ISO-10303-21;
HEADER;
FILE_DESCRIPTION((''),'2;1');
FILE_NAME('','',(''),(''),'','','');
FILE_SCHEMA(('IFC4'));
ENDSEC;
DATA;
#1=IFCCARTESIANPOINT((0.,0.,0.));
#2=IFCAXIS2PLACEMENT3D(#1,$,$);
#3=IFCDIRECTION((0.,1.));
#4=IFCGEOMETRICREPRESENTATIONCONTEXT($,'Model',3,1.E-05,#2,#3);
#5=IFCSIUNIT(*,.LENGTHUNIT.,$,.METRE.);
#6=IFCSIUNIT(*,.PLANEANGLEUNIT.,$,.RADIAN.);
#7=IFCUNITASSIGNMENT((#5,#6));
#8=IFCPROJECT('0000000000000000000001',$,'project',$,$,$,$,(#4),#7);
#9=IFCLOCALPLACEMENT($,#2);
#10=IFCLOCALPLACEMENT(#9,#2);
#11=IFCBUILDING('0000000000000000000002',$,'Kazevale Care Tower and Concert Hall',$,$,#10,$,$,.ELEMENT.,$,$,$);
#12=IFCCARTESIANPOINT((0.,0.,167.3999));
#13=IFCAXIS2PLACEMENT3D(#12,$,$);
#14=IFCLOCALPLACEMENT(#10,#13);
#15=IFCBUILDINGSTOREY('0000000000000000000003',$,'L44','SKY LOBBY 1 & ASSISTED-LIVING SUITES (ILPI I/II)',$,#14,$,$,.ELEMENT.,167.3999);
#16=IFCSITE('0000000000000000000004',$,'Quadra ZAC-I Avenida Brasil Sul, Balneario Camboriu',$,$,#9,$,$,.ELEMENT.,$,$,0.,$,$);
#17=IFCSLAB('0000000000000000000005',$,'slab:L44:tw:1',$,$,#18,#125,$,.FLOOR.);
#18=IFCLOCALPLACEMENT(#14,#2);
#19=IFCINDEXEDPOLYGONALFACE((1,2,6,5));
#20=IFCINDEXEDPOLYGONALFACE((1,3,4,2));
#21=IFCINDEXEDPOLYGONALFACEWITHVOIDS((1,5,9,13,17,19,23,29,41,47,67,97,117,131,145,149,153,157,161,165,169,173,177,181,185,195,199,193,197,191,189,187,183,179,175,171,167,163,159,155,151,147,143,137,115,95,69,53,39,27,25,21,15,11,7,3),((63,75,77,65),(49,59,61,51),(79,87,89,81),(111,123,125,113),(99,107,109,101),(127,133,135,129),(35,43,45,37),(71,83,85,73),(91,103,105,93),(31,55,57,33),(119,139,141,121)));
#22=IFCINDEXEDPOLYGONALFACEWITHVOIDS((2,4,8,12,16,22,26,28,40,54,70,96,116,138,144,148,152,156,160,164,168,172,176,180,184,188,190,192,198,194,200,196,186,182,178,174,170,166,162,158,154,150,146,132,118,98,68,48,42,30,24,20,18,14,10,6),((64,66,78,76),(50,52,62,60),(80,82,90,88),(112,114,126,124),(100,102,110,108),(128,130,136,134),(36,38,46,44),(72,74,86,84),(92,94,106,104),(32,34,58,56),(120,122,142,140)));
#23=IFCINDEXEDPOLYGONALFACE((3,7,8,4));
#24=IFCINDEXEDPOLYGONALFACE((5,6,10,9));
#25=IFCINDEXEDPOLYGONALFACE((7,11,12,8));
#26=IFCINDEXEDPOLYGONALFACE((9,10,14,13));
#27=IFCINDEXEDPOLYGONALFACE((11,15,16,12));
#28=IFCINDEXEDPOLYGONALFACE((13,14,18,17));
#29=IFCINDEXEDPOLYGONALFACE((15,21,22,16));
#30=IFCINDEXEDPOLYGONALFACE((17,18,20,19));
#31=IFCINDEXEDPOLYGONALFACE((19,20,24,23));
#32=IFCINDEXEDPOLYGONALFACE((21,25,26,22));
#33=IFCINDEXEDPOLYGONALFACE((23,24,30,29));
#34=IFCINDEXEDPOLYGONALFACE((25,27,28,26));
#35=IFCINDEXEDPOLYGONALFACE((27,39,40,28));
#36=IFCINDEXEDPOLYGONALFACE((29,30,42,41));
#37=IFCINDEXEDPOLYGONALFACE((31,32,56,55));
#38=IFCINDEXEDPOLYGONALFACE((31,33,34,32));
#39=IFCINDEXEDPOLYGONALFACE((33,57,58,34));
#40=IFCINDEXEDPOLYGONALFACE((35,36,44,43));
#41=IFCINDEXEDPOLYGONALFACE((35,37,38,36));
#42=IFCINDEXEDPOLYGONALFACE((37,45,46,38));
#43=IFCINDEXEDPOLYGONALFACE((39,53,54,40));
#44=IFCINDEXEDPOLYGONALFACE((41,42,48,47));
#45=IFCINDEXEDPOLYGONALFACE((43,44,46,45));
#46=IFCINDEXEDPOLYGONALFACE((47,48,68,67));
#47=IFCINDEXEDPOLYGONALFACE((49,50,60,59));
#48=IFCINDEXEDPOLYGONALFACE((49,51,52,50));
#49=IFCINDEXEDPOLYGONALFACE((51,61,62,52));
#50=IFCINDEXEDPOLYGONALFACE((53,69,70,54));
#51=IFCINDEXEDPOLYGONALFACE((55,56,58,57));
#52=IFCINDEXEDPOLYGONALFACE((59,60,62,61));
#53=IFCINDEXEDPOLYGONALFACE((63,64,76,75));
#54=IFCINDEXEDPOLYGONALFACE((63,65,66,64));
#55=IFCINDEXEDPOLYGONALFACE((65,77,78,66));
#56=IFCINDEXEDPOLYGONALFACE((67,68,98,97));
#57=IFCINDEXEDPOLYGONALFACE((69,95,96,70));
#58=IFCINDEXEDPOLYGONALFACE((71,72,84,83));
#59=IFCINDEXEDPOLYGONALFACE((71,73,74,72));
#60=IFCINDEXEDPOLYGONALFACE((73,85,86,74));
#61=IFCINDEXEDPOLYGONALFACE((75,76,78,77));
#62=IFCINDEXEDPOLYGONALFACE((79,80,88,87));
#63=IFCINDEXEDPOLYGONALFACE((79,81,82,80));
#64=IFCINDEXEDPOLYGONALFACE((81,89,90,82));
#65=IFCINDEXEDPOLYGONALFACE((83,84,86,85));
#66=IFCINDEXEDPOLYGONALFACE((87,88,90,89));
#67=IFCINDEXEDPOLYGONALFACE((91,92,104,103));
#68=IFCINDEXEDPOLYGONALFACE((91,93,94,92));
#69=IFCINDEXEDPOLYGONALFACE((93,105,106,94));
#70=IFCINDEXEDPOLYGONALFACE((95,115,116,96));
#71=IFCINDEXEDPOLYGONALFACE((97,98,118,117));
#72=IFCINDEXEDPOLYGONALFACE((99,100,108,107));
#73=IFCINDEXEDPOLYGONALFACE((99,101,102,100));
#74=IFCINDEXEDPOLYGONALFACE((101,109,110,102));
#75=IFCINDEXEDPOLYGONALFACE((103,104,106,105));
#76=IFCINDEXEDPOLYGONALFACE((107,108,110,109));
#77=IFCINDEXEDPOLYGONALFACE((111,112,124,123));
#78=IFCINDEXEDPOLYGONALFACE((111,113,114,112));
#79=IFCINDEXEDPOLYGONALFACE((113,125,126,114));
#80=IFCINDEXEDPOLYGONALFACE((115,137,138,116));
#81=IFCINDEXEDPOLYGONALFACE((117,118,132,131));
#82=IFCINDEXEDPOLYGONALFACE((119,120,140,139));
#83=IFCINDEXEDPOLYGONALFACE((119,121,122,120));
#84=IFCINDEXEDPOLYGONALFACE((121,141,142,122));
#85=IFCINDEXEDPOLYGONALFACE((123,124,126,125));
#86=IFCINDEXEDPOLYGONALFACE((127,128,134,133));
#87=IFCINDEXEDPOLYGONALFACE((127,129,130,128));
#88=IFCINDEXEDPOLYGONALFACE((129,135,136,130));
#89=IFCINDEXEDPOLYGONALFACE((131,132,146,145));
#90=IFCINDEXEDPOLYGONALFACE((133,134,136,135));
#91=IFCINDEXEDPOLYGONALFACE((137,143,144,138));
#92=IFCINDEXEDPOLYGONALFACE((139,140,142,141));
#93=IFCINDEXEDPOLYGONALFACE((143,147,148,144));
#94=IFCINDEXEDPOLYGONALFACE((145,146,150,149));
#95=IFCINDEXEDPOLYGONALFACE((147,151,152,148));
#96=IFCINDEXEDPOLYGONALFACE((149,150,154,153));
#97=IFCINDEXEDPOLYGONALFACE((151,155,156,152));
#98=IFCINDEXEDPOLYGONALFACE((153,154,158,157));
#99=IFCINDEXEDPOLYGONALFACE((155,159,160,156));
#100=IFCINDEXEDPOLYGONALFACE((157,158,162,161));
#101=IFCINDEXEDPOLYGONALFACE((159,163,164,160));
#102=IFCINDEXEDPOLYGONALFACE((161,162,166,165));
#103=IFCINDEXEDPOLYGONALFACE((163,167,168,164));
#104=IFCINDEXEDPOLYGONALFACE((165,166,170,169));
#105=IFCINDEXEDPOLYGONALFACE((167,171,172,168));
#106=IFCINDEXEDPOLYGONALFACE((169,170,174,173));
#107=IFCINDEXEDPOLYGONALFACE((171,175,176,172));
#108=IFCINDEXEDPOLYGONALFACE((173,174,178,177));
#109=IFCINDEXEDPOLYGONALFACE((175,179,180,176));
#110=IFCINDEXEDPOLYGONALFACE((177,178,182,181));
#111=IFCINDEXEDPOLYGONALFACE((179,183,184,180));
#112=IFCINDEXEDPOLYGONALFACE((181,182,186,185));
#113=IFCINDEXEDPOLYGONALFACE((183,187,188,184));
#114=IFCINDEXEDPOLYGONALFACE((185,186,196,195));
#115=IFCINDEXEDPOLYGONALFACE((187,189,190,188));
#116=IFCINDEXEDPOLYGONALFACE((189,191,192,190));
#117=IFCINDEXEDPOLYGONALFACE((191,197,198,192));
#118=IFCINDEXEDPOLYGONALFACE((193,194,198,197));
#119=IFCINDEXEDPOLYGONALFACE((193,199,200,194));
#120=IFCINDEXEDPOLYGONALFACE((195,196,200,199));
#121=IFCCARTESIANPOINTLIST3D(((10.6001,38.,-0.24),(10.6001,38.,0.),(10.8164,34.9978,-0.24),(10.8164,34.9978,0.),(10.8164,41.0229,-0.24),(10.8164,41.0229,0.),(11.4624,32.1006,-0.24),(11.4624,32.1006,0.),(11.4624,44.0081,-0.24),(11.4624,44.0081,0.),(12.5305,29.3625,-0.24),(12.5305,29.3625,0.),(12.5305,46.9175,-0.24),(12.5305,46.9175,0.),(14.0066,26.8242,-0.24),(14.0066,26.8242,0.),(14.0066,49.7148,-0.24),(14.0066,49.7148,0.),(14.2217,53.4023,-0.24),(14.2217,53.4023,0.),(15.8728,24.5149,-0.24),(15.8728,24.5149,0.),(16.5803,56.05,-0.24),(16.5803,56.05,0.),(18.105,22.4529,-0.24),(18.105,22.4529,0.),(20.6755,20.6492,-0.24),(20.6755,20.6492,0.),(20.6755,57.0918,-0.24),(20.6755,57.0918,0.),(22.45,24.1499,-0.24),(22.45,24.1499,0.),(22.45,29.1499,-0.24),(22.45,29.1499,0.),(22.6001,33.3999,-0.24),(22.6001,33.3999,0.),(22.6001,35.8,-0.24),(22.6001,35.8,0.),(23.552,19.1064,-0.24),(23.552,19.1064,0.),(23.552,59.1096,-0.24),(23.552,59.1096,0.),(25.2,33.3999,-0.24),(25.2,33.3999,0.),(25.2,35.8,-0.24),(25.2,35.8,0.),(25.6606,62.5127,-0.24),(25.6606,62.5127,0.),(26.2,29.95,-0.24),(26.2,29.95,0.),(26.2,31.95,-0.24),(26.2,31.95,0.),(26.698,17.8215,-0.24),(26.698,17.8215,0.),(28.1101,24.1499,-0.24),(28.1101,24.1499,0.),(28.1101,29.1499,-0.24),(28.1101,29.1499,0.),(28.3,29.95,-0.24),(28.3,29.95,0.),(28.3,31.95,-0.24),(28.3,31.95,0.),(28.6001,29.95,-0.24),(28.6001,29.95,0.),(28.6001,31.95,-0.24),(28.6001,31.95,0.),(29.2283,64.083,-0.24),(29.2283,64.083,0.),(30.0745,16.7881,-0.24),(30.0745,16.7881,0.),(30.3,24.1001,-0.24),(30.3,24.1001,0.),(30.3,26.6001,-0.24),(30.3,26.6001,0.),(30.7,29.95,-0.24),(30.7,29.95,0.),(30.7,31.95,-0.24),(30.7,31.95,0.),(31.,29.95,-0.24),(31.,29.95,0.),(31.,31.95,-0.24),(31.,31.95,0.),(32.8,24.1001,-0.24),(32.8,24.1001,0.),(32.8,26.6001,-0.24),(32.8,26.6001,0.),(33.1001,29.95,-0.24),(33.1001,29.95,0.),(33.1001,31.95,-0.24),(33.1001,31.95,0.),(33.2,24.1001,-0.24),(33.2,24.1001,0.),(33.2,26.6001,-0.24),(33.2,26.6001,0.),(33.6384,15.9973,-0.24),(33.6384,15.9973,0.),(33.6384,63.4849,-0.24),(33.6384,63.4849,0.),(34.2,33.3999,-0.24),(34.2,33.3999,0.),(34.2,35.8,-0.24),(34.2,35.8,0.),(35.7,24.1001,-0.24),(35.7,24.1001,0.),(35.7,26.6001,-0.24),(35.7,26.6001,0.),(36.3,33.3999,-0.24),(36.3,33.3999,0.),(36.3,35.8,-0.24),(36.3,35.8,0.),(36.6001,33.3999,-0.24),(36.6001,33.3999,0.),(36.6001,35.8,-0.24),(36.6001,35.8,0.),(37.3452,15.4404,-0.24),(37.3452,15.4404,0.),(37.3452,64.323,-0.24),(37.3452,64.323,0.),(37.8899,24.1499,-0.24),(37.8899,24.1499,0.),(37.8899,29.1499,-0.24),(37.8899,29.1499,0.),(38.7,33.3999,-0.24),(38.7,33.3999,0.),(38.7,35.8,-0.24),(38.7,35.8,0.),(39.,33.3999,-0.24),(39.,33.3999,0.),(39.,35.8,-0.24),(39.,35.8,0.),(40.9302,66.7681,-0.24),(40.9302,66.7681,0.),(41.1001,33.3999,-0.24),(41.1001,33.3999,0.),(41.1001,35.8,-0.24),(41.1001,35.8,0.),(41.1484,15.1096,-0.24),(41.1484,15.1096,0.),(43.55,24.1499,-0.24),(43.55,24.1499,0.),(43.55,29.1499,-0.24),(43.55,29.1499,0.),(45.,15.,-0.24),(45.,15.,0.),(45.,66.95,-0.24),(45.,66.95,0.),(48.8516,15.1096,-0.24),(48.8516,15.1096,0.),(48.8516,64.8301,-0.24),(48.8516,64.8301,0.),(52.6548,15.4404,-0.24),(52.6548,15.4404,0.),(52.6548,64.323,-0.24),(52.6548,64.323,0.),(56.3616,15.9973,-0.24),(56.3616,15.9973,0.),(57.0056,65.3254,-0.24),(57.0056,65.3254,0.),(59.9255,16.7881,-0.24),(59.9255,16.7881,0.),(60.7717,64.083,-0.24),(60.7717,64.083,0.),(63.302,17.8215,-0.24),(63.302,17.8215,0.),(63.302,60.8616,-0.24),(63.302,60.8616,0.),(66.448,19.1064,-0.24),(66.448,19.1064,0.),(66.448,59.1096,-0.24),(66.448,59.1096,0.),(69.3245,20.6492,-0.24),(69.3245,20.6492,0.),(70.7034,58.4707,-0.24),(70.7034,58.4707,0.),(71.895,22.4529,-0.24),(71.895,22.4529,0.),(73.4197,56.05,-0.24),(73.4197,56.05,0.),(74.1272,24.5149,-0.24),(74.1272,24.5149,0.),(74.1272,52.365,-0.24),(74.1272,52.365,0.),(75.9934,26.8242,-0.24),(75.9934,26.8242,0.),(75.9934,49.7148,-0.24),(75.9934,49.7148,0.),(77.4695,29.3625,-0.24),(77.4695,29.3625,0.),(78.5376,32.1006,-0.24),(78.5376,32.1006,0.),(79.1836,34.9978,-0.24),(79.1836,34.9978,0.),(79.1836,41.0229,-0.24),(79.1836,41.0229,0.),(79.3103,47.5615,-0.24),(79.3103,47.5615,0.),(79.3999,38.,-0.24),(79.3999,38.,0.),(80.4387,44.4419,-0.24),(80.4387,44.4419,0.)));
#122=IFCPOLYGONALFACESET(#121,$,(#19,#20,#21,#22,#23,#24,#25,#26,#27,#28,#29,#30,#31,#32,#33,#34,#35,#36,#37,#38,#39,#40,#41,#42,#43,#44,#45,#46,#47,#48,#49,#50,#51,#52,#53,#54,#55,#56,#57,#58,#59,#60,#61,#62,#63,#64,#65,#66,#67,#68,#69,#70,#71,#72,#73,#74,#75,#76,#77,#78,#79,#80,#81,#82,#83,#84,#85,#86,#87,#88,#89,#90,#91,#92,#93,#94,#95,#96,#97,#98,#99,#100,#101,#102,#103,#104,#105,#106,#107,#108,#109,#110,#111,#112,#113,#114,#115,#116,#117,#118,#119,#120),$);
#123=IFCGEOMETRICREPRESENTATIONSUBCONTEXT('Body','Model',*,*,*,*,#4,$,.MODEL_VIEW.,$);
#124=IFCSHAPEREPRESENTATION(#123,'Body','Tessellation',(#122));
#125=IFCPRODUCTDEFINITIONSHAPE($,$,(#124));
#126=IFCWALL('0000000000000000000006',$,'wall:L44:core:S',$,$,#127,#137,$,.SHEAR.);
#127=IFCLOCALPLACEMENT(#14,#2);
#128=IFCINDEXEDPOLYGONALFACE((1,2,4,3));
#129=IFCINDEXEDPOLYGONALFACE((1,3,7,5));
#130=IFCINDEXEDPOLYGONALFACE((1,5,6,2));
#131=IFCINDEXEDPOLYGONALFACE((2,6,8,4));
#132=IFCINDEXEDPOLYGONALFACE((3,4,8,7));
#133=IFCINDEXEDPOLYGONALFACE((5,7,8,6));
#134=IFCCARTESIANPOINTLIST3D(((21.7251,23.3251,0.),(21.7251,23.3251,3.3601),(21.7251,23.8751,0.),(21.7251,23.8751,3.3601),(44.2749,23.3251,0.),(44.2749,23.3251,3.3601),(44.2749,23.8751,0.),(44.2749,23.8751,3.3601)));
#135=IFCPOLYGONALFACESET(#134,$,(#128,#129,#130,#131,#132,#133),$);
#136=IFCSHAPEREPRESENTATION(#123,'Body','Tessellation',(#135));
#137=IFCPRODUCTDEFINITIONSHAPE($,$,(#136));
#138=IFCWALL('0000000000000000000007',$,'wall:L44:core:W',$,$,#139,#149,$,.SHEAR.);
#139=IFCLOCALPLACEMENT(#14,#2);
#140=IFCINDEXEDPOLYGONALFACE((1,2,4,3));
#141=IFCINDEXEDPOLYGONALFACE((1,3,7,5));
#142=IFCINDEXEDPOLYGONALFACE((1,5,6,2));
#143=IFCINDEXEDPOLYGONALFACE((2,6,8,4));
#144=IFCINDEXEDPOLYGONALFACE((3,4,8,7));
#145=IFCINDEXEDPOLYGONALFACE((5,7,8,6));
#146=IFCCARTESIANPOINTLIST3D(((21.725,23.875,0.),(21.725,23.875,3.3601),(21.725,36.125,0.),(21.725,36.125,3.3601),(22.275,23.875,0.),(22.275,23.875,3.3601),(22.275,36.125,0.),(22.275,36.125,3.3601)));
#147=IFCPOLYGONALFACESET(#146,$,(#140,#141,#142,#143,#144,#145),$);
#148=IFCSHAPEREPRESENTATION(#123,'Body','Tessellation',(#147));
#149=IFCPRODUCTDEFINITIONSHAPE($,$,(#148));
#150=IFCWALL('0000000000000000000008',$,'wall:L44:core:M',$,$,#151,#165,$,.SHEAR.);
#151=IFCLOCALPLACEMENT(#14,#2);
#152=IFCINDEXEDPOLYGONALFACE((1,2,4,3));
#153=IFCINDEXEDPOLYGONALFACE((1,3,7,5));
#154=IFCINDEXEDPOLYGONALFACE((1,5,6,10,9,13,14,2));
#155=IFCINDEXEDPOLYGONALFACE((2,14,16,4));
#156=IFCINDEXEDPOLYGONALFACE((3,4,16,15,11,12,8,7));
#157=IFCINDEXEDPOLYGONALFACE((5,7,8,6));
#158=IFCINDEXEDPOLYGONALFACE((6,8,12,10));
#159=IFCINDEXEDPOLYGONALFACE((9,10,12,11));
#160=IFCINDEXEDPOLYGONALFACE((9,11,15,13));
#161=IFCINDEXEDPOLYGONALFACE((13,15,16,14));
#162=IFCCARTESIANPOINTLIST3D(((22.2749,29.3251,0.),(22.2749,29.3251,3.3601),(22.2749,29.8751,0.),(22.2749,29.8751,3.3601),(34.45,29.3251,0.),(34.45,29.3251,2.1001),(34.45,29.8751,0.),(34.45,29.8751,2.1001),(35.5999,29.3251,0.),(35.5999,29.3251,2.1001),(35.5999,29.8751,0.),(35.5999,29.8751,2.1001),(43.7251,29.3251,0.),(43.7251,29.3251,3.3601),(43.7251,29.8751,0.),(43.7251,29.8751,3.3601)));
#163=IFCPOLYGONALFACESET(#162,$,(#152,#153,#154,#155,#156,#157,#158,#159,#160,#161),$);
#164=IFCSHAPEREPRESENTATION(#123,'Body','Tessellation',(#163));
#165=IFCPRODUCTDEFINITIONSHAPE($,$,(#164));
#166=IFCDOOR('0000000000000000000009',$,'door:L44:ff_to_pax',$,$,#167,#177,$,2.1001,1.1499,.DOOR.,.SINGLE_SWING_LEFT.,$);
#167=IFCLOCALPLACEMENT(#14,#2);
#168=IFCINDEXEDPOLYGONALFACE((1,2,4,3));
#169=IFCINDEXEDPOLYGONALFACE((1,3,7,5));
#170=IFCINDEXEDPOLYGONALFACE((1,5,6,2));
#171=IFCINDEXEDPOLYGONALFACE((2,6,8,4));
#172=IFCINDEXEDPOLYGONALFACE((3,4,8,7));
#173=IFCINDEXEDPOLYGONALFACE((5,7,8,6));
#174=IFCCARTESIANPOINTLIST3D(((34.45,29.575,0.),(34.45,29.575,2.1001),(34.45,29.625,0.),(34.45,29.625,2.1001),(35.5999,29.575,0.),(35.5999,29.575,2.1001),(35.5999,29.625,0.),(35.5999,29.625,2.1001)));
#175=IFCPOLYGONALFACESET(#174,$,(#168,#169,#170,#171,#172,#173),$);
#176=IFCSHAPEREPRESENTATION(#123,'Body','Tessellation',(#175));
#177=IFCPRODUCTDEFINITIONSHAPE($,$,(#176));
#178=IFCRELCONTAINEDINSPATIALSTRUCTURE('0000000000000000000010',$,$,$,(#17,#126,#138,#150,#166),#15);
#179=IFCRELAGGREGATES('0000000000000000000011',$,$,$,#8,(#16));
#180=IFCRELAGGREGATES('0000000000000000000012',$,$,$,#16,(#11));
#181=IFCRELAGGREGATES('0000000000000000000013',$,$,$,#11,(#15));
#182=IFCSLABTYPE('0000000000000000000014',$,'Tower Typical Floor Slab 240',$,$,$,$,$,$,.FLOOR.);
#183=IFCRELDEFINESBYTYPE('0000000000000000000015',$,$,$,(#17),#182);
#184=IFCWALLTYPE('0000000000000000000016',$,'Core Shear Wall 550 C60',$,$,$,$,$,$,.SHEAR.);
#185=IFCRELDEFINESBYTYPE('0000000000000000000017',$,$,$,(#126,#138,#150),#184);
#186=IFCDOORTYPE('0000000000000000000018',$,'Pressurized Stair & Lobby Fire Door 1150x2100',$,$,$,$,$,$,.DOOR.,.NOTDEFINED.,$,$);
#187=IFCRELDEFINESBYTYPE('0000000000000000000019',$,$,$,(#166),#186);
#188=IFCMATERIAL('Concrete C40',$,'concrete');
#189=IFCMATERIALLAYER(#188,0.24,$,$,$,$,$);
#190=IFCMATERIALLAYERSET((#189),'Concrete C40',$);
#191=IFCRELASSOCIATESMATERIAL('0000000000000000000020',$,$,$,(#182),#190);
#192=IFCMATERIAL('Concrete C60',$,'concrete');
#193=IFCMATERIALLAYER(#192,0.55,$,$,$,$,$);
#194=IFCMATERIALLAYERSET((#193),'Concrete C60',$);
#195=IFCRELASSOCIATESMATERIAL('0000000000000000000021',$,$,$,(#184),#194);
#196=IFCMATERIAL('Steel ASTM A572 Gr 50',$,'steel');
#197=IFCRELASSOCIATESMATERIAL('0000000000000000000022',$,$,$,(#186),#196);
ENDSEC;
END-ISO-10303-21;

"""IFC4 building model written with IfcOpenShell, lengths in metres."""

from ifc_helpers import new_model, si_unit, direction, frame, frame_2d, origin, place, context, subcontext, project, spatial, polyline, rectangle, outline, extrude, material, layer, layer_set, type_object, element, fill, save


model = new_model("IFC4")

# Units and contexts
model_context = context("Model", 3, precision=1e-05, world=origin(), true_north=direction((0.0, 1.0)))
body_context = subcontext(model_context, "Body", "Model", "MODEL_VIEW")
ifc_project = project(units=[si_unit("LENGTHUNIT", "METRE"), si_unit("PLANEANGLEUNIT", "RADIAN")], contexts=[model_context])

# Site, building, storey
site_placement = place(None, origin())
site = spatial("IfcSite", under=ifc_project, at=site_placement, Name="Quadra ZAC-I Avenida Brasil Sul, Balneario Camboriu", CompositionType="ELEMENT", RefElevation=0.0)
building_placement = place(site_placement, origin())
building = spatial("IfcBuilding", under=site, at=building_placement, Name="Kazevale Care Tower and Concert Hall", CompositionType="ELEMENT")
storey_placement = place(building_placement, frame((0.0, 0.0, 167.3999)))
storey = spatial("IfcBuildingStorey", under=building, at=storey_placement, Name="L44", Description="SKY LOBBY 1 & ASSISTED-LIVING SUITES (ILPI I/II)", CompositionType="ELEMENT", Elevation=167.3999)

# Shared definitions
ifc_material_1 = material(Name="Concrete C60", Category="concrete")

# Shared definitions
ifc_material_2 = material(Name="Steel ASTM A572 Gr 50", Category="steel")

# Shared definitions
ifc_material_3 = material(Name="Concrete C40", Category="concrete")

# Slab
ifc_layer_1 = layer(ifc_material_3, 0.24)
ifc_layer_set_1 = layer_set([ifc_layer_1], Name="Concrete C40")
slab_type_1 = type_object("IfcSlabType", Name="Tower Typical Floor Slab 240", PredefinedType="FLOOR", material=ifc_layer_set_1)
slab_1_placement = place(storey_placement, frame((0.0, 0.0, -0.24)))
element("IfcSlab", 1, at=slab_1_placement, inside=storey, type_object=slab_type_1, Name="slab:L44:tw:1", PredefinedType="FLOOR", context=body_context, shape_type="SweptSolid", body=[
    extrude(outline(polyline([(79.3999, 38.0), (79.1836, 41.0229), (80.4387, 44.4419), (79.3103, 47.5615), (75.9934, 49.7148), (74.1272, 52.365), (73.4197, 56.05), (70.7034, 58.4707), (66.448, 59.1096), (63.302, 60.8616), (60.7717, 64.083), (57.0056, 65.3254), (52.6548, 64.323), (48.8516, 64.8301), (45.0, 66.95), (40.9302, 66.7681), (37.3452, 64.323), (33.6384, 63.4849), (29.2283, 64.083), (25.6606, 62.5127), (23.552, 59.1096), (20.6755, 57.0918), (16.5803, 56.05), (14.2217, 53.4023), (14.0066, 49.7148), (12.5305, 46.9175), (11.4624, 44.0081), (10.8164, 41.0229), (10.6001, 38.0), (10.8164, 34.9978), (11.4624, 32.1006), (12.5305, 29.3625), (14.0066, 26.8242), (15.8728, 24.5149), (18.105, 22.4529), (20.6755, 20.6492), (23.552, 19.1064), (26.698, 17.8215), (30.0745, 16.7881), (33.6384, 15.9973), (37.3452, 15.4404), (41.1484, 15.1096), (45.0, 15.0), (48.8516, 15.1096), (52.6548, 15.4404), (56.3616, 15.9973), (59.9255, 16.7881), (63.302, 17.8215), (66.448, 19.1064), (69.3245, 20.6492), (71.895, 22.4529), (74.1272, 24.5149), (75.9934, 26.8242), (77.4695, 29.3625), (78.5376, 32.1006), (79.1836, 34.9978), (79.3999, 38.0)]), holes=[polyline([(22.45, 24.1499), (28.1101, 24.1499), (28.1101, 29.1499), (22.45, 29.1499), (22.45, 24.1499)]), polyline([(37.8899, 24.1499), (43.55, 24.1499), (43.55, 29.1499), (37.8899, 29.1499), (37.8899, 24.1499)]), polyline([(30.3, 24.1001), (32.8, 24.1001), (32.8, 26.6001), (30.3, 26.6001), (30.3, 24.1001)]), polyline([(33.2, 24.1001), (35.7, 24.1001), (35.7, 26.6001), (33.2, 26.6001), (33.2, 24.1001)]), polyline([(22.6001, 33.3999), (25.2, 33.3999), (25.2, 35.8), (22.6001, 35.8), (22.6001, 33.3999)]), polyline([(34.2, 33.3999), (36.3, 33.3999), (36.3, 35.8), (34.2, 35.8), (34.2, 33.3999)]), polyline([(36.6001, 33.3999), (38.7, 33.3999), (38.7, 35.8), (36.6001, 35.8), (36.6001, 33.3999)]), polyline([(39.0, 33.3999), (41.1001, 33.3999), (41.1001, 35.8), (39.0, 35.8), (39.0, 33.3999)]), polyline([(26.2, 29.95), (28.3, 29.95), (28.3, 31.95), (26.2, 31.95), (26.2, 29.95)]), polyline([(28.6001, 29.95), (30.7, 29.95), (30.7, 31.95), (28.6001, 31.95), (28.6001, 29.95)]), polyline([(31.0, 29.95), (33.1001, 29.95), (33.1001, 31.95), (31.0, 31.95), (31.0, 29.95)])]), origin(), (0.0, 0.0, 1.0), 0.24),
])

# Walls
ifc_layer_2 = layer(ifc_material_1, 0.55)
ifc_layer_set_2 = layer_set([ifc_layer_2], Name="Concrete C60")
wall_type_1 = type_object("IfcWallType", Name="Core Shear Wall 550 C60", PredefinedType="SHEAR", material=ifc_layer_set_2)
wall_1_placement = place(storey_placement, frame((21.7251, 23.6001, 0.0), z_axis=(0.0, 0.0, 1.0), x_axis=(1.0, 0.0, 0.0)))
element("IfcWall", 2, at=wall_1_placement, inside=storey, type_object=wall_type_1, Name="wall:L44:core:S", PredefinedType="SHEAR", context=body_context, shape_type="SweptSolid", body=[
    extrude(rectangle(XDim=22.5498, YDim=0.55, at=frame_2d((11.2749, 0.0))), origin(), (0.0, 0.0, 1.0), 3.3601),
])
wall_2_placement = place(storey_placement, frame((22.0, 23.875, 0.0), z_axis=(0.0, 0.0, 1.0), x_axis=(0.0, 1.0, 0.0)))
element("IfcWall", 3, at=wall_2_placement, inside=storey, type_object=wall_type_1, Name="wall:L44:core:W", PredefinedType="SHEAR", context=body_context, shape_type="SweptSolid", body=[
    extrude(rectangle(XDim=12.25, YDim=0.55, at=frame_2d((6.125, 0.0))), origin(), (0.0, 0.0, 1.0), 3.3601),
])

# Wall, opening, door
wall_3_placement = place(storey_placement, frame((22.2749, 29.6001, 0.0), z_axis=(0.0, 0.0, 1.0), x_axis=(1.0, 0.0, 0.0)))
wall_3 = element("IfcWall", 4, at=wall_3_placement, inside=storey, type_object=wall_type_1, Name="wall:L44:core:M", PredefinedType="SHEAR", context=body_context, shape_type="SweptSolid", body=[
    extrude(rectangle(XDim=21.4502, YDim=0.55, at=frame_2d((10.7251, 0.0))), origin(), (0.0, 0.0, 1.0), 3.3601),
])
opening_1_placement = place(wall_3_placement, frame((12.175, 0.0, 0.0)))
opening_1 = element("IfcOpeningElement", 5, at=opening_1_placement, cuts=wall_3, PredefinedType="OPENING", context=body_context, shape_type="SweptSolid", body=[
    extrude(rectangle(XDim=1.1499, YDim=2.1001, at=frame_2d((0.575, 1.05))), frame((0.0, 0.2849, 0.0), z_axis=(0.0, -1.0, 0.0), x_axis=(1.0, 0.0, 0.0)), (0.0, 0.0, 1.0), 0.5701),
])
door_type_1 = type_object("IfcDoorType", Name="Pressurized Stair & Lobby Fire Door 1150x2100", OperationType="NOTDEFINED", PredefinedType="DOOR", material=ifc_material_2)
door_1_placement = place(opening_1_placement, origin())
door_1 = element("IfcDoor", 6, at=door_1_placement, inside=storey, type_object=door_type_1, Name="door:L44:ff_to_pax", OperationType="SINGLE_SWING_LEFT", OverallHeight=2.1001, OverallWidth=1.1499, PredefinedType="DOOR", context=body_context, shape_type="SweptSolid", body=[
    extrude(rectangle(XDim=1.1499, YDim=2.1001, at=frame_2d((0.575, 1.05))), frame((0.0, 0.0249, 0.0), z_axis=(0.0, -1.0, 0.0), x_axis=(1.0, 0.0, 0.0)), (0.0, 0.0, 1.0), 0.05),
])
fill(opening_1, door_1)

save(model, "model.ifc")
